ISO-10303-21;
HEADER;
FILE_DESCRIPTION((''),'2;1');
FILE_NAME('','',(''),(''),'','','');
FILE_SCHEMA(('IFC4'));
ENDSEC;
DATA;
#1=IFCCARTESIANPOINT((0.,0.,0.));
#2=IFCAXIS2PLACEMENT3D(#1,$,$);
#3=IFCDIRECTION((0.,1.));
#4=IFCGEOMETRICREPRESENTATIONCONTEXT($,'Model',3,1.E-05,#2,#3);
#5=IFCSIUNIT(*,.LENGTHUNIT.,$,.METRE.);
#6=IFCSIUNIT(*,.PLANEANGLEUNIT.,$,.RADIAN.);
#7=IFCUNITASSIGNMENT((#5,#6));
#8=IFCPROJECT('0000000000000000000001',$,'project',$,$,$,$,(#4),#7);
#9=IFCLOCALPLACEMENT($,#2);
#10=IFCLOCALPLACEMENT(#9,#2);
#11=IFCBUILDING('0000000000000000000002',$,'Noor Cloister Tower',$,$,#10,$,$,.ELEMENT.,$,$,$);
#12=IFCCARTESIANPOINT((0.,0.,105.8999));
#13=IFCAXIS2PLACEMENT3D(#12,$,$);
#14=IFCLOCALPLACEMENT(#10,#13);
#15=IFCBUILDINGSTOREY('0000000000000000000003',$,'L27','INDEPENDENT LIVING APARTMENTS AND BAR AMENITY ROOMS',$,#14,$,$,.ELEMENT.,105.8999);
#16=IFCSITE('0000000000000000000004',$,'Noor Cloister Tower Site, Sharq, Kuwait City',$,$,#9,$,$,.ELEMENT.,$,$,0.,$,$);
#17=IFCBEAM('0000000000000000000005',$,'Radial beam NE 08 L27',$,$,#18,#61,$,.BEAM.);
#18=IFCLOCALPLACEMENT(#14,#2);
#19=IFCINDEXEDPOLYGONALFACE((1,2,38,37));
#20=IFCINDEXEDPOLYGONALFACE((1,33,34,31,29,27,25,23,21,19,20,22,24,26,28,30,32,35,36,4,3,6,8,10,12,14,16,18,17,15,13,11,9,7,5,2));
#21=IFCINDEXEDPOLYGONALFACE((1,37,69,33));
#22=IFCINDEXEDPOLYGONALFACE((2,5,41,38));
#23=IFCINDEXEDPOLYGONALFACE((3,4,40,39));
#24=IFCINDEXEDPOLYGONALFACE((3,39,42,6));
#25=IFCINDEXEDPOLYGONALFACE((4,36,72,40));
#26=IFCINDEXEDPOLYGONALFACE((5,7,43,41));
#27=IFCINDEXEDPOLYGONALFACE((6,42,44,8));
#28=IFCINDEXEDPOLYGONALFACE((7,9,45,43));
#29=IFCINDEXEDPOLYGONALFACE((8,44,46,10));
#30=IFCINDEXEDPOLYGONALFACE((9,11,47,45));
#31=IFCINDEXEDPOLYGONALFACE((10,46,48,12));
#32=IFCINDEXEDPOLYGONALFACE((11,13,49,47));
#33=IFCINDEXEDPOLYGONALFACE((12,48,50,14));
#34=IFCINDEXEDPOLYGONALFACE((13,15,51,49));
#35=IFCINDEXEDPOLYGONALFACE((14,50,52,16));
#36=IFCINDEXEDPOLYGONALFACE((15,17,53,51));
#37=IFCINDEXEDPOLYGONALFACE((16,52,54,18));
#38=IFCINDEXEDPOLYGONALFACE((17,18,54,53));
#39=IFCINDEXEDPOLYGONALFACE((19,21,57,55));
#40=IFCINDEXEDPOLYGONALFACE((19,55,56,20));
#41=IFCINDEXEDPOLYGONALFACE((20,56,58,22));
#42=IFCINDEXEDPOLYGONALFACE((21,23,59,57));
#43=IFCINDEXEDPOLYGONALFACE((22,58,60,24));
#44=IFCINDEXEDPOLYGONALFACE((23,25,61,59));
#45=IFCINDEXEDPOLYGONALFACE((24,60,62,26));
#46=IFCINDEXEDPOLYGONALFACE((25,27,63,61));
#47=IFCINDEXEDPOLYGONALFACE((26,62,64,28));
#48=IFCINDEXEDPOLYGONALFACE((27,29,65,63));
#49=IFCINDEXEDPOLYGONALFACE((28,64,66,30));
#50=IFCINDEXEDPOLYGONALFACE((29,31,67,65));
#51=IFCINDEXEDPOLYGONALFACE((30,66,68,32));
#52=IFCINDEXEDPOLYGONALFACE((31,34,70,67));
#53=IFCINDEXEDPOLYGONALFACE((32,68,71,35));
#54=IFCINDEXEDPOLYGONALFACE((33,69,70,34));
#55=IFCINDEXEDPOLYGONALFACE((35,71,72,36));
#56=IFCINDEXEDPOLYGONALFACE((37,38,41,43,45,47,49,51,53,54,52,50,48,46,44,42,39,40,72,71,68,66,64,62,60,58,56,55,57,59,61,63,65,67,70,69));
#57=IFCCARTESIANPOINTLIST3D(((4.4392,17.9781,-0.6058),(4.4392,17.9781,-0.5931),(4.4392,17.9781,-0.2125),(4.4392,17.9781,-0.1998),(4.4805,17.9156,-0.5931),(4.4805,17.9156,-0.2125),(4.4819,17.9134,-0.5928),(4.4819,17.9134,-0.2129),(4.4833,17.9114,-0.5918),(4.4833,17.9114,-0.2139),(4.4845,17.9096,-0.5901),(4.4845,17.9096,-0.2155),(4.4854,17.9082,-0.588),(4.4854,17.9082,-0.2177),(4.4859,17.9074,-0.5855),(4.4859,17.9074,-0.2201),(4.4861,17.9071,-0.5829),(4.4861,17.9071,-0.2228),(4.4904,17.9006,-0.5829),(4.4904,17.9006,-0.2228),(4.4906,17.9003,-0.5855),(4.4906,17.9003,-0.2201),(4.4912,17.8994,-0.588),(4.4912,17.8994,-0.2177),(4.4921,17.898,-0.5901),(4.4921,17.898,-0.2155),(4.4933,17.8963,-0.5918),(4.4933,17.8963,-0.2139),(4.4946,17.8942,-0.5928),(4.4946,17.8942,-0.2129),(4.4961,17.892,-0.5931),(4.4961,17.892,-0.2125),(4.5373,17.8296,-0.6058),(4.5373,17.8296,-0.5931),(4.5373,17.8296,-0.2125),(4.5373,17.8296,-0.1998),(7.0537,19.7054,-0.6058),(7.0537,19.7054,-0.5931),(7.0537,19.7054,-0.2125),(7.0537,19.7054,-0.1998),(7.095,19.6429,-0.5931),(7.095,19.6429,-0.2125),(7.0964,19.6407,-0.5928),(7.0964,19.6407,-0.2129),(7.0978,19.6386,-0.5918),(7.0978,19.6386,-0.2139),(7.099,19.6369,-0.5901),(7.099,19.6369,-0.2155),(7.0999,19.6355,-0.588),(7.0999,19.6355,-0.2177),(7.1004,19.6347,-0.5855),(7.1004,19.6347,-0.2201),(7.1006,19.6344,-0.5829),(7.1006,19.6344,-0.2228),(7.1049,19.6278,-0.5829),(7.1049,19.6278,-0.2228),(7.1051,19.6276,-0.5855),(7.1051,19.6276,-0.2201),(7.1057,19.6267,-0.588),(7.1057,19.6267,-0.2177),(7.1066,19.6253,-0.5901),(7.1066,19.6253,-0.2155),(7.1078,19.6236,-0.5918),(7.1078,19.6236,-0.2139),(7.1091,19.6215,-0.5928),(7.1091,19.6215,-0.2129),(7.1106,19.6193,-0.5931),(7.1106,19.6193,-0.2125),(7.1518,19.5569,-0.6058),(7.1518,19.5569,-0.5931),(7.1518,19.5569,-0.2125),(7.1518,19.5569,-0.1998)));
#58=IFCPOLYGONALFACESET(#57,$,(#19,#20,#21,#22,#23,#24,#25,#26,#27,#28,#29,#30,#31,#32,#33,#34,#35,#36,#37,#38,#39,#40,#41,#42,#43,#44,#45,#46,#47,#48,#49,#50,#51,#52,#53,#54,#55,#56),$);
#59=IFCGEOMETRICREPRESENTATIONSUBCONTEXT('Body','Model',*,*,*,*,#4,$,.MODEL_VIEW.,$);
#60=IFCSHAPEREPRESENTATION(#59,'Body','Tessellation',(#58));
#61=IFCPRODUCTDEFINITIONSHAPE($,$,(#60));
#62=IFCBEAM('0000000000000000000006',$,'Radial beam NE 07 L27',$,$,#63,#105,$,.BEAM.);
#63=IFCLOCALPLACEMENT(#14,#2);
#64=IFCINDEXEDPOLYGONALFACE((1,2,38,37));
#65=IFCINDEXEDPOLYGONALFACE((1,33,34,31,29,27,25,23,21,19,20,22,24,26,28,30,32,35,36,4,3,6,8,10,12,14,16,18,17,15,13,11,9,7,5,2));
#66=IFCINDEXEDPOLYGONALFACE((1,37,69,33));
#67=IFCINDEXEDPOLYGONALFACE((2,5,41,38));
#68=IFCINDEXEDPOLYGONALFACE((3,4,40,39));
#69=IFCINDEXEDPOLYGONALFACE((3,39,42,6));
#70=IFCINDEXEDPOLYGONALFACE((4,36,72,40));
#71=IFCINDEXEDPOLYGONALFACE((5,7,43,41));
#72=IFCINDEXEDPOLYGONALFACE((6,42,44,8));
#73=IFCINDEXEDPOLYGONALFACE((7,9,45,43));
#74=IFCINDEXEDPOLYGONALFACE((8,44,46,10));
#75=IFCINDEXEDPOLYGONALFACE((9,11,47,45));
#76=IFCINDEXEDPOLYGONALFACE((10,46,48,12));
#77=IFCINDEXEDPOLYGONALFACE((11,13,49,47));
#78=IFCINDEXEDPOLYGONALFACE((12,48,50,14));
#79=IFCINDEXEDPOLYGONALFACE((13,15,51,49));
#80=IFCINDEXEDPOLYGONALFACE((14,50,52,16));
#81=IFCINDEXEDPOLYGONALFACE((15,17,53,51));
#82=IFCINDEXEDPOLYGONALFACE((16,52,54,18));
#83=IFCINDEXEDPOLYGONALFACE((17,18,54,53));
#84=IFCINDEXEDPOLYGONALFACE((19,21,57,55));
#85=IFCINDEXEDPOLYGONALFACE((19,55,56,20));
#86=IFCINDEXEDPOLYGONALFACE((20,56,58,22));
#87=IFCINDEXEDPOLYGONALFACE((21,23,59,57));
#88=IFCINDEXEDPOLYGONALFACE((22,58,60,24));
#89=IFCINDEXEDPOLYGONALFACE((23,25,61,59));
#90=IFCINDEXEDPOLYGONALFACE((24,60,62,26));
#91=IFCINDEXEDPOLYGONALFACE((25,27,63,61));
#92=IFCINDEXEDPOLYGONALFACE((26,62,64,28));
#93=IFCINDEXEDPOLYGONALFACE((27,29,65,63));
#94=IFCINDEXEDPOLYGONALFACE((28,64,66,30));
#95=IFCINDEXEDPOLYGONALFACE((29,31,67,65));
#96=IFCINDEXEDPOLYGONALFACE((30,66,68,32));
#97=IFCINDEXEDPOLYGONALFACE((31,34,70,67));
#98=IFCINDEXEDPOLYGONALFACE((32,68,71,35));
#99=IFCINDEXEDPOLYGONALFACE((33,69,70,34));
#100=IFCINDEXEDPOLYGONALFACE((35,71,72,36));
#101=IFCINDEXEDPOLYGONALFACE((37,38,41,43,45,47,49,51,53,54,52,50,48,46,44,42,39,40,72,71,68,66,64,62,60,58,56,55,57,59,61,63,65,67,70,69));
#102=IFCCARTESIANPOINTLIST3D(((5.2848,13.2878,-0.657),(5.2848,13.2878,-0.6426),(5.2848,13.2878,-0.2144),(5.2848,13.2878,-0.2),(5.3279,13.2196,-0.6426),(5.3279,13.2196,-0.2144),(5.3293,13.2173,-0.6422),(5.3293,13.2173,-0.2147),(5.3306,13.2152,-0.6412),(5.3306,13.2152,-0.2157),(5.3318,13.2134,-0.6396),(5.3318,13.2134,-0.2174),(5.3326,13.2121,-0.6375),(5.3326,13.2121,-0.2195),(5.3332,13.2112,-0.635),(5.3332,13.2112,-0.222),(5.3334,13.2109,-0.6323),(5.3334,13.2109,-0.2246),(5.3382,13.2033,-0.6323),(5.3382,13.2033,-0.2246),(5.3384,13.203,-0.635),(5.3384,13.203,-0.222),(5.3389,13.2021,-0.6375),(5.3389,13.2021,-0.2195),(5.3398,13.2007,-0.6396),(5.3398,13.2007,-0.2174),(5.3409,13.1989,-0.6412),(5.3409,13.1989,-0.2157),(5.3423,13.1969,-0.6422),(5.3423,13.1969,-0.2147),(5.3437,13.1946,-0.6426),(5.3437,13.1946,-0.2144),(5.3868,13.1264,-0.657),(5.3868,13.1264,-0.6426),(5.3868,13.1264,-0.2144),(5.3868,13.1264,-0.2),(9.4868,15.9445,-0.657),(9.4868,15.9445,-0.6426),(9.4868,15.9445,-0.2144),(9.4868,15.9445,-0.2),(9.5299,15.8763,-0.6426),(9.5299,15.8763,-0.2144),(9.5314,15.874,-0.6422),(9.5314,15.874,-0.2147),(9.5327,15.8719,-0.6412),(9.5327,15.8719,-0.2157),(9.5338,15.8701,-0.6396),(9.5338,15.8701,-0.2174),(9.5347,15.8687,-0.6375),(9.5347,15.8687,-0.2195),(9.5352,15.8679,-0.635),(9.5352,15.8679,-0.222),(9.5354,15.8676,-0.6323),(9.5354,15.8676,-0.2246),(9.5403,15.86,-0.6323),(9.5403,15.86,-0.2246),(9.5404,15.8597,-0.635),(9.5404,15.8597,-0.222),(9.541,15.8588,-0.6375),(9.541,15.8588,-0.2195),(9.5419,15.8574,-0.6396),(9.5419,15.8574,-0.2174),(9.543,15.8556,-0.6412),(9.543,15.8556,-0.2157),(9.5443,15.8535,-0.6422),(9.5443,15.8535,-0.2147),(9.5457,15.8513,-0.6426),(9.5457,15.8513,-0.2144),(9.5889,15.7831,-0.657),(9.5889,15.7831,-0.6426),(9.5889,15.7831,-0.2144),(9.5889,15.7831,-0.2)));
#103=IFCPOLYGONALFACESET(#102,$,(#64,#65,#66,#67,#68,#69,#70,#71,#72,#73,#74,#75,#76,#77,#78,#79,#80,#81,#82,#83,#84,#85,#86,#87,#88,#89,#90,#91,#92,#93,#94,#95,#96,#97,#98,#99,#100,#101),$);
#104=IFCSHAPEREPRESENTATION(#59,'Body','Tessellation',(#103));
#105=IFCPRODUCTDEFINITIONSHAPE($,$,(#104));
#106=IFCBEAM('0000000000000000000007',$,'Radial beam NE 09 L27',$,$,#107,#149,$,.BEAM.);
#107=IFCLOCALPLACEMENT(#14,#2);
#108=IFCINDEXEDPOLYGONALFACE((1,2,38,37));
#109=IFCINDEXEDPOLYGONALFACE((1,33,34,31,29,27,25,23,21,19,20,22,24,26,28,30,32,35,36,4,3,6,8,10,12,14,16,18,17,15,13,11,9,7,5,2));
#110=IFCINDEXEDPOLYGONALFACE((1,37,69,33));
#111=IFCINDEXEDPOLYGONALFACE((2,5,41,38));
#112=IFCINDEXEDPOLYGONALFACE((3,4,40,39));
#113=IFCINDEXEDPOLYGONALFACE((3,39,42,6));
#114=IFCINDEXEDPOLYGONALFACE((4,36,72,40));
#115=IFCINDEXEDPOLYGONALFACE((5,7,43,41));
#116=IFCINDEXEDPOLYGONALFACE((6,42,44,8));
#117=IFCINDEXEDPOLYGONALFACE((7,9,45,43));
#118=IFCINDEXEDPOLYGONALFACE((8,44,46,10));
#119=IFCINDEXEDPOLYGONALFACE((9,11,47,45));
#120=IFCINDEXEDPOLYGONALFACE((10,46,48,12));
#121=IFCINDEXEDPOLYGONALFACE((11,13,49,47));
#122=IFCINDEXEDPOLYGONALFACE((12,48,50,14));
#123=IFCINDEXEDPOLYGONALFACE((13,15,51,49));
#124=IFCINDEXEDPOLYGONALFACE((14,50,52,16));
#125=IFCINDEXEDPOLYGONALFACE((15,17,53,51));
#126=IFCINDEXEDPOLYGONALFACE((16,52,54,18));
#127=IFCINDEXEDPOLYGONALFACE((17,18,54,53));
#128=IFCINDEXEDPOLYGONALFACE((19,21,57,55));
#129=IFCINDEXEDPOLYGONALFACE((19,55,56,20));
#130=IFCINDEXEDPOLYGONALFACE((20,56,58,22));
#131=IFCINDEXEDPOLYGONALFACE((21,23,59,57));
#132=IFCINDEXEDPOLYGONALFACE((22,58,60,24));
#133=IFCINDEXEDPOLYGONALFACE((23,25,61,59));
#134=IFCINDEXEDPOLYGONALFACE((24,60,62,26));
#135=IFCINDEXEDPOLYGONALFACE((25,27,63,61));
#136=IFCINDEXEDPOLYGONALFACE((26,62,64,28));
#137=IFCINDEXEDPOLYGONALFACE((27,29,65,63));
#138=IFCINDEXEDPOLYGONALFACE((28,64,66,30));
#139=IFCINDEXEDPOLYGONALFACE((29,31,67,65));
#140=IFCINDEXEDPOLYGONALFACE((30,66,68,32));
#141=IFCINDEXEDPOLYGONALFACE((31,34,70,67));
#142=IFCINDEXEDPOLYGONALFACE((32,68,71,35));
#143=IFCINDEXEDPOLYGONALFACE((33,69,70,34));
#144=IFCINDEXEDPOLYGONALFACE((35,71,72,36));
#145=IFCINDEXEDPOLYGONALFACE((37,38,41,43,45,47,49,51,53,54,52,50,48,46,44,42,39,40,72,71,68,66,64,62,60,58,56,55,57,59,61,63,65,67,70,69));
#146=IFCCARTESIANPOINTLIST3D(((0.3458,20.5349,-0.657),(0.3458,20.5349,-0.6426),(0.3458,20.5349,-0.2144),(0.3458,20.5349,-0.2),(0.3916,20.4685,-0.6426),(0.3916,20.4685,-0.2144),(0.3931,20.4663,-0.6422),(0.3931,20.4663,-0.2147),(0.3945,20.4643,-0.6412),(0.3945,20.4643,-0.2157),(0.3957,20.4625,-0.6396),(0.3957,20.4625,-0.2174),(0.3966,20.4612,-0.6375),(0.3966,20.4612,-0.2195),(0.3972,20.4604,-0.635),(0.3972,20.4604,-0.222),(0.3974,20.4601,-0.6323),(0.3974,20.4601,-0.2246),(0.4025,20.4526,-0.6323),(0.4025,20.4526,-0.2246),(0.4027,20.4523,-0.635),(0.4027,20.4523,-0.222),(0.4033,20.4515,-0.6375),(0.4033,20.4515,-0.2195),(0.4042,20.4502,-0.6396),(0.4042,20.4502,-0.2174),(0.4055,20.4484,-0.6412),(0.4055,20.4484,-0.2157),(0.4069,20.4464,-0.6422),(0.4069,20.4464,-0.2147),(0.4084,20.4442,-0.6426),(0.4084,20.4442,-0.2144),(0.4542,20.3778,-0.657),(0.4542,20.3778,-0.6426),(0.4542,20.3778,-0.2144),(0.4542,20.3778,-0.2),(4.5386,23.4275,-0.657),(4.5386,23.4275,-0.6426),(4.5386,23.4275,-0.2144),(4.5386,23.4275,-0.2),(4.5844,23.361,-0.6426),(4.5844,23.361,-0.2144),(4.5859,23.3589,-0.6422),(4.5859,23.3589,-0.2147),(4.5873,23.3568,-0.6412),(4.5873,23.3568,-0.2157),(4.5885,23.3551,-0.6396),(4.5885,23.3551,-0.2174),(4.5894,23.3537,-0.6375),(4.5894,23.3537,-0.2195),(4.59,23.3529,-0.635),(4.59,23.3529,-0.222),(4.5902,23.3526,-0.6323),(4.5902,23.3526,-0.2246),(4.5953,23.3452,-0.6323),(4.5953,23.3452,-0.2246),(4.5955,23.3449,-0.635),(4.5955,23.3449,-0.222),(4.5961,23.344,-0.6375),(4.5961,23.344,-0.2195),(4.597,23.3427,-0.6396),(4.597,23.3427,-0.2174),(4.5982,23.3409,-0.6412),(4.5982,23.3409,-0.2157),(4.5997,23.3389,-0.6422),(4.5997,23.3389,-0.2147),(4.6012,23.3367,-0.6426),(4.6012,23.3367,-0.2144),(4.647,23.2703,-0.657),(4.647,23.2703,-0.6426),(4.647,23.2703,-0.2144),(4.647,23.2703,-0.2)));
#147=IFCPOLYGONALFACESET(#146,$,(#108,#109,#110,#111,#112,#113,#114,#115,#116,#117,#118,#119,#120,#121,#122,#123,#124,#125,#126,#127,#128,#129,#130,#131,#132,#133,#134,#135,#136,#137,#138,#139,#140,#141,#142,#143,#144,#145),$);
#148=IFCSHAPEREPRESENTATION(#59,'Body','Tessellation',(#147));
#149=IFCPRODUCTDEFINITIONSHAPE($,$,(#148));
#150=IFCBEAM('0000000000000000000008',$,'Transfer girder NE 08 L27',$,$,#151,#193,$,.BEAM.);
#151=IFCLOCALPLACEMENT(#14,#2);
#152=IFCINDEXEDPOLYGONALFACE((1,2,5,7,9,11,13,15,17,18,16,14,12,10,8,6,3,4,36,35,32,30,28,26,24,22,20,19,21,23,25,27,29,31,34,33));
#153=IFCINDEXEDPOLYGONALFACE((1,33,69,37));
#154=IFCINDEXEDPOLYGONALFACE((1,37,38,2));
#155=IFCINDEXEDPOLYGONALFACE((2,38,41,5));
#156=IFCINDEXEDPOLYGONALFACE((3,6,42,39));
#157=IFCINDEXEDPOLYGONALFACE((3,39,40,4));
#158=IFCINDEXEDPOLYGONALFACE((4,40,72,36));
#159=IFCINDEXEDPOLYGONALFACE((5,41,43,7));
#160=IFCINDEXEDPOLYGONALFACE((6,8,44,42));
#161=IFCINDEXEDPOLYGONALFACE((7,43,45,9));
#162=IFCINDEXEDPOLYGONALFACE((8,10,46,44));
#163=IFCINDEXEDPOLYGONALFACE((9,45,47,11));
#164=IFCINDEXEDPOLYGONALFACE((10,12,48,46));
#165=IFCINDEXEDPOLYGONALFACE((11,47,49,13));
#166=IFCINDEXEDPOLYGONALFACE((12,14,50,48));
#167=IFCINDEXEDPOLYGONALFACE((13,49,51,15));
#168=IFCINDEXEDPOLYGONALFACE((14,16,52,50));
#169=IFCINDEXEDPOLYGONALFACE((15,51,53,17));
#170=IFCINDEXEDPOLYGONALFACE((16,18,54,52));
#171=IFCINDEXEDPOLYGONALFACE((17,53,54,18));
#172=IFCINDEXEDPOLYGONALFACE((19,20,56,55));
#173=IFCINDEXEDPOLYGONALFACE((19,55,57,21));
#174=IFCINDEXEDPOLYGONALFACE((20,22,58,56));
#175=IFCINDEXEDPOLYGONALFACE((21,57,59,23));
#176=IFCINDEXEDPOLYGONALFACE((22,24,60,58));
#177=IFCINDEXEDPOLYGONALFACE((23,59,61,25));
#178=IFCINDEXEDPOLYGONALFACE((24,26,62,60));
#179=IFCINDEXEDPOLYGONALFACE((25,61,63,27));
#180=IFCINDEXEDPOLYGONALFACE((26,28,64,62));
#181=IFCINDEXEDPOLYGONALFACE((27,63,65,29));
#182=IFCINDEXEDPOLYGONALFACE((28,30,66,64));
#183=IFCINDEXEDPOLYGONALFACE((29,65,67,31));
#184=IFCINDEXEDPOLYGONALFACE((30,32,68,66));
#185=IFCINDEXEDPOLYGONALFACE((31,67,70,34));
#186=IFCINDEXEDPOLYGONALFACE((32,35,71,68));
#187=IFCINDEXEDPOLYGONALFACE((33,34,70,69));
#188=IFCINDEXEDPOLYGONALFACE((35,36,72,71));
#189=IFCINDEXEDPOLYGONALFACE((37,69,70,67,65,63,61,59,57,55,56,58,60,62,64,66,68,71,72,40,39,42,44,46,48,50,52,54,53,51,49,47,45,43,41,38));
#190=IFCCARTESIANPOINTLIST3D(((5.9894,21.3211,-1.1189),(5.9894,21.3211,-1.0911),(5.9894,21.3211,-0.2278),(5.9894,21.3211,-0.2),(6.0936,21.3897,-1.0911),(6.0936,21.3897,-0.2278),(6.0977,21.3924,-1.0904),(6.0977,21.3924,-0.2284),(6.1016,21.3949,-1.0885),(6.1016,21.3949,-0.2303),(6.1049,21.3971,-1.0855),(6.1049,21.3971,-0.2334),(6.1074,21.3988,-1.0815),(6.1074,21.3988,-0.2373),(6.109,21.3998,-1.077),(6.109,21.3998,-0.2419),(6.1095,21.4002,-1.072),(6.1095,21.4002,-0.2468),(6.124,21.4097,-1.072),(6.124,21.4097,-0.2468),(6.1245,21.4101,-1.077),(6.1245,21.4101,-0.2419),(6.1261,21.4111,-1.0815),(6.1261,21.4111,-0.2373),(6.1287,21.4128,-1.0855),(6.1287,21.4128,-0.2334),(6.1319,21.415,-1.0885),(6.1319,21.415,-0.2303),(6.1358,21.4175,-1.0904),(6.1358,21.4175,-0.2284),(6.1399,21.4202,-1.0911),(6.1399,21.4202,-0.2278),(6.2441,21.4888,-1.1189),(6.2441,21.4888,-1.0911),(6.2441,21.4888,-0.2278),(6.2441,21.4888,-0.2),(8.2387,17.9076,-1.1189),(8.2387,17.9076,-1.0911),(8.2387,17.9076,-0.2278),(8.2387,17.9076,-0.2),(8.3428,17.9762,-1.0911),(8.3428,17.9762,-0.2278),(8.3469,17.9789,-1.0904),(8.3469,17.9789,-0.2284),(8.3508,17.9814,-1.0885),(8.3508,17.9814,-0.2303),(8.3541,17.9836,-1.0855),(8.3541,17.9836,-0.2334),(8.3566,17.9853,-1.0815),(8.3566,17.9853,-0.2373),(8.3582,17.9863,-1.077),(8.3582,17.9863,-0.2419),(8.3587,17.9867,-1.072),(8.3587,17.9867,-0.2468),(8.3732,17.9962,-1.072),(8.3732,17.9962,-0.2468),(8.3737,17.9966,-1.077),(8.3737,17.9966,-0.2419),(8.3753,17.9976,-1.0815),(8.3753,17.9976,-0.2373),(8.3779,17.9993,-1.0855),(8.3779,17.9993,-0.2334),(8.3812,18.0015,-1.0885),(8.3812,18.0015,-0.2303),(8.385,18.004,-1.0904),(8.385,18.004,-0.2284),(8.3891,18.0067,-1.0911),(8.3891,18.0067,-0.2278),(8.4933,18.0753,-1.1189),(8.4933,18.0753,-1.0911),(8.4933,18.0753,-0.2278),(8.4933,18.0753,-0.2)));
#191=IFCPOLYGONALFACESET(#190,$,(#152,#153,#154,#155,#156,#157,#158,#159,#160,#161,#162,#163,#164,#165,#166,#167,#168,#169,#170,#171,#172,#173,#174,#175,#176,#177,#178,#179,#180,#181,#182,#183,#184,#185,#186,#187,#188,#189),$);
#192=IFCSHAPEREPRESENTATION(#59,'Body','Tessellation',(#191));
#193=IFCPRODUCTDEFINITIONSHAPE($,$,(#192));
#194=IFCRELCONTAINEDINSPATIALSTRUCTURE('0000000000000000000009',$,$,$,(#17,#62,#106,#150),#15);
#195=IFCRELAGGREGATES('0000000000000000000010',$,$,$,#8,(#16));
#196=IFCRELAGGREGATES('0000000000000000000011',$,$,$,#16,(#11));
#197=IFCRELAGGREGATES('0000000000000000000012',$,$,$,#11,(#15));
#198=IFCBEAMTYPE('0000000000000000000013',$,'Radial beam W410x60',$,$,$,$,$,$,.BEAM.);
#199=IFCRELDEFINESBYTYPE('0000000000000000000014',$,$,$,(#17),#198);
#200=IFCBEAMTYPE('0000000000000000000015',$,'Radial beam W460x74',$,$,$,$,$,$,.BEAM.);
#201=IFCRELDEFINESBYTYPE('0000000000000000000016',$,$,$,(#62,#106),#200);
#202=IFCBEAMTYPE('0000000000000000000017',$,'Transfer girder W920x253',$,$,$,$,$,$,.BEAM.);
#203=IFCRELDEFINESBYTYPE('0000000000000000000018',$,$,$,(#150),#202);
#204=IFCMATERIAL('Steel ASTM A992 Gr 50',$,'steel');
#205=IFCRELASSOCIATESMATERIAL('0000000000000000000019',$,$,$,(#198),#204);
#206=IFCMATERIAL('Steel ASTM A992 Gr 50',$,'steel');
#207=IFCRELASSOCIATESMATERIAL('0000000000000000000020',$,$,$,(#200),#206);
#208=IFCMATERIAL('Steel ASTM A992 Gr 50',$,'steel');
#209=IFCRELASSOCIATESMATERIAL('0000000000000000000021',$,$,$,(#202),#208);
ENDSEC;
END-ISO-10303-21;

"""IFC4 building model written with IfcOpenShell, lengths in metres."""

from ifc_helpers import new_model, si_unit, direction, frame, origin, origin_2d, place, context, subcontext, project, spatial, i_section, extrude, material, material_profile, profile_set, type_object, element, save


model = new_model("IFC4")

# Units and contexts
model_context = context("Model", 3, precision=1e-05, world=origin(), true_north=direction((0.0, 1.0)))
body_context = subcontext(model_context, "Body", "Model", "MODEL_VIEW")
ifc_project = project(units=[si_unit("LENGTHUNIT", "METRE"), si_unit("PLANEANGLEUNIT", "RADIAN")], contexts=[model_context])

# Site, building, storey
site_placement = place(None, origin())
site = spatial("IfcSite", under=ifc_project, at=site_placement, Name="Noor Cloister Tower Site, Sharq, Kuwait City", CompositionType="ELEMENT", RefElevation=0.0)
building_placement = place(site_placement, origin())
building = spatial("IfcBuilding", under=site, at=building_placement, Name="Noor Cloister Tower", CompositionType="ELEMENT")
storey_placement = place(building_placement, frame((0.0, 0.0, 105.8999)))
storey = spatial("IfcBuildingStorey", under=building, at=storey_placement, Name="L27", Description="INDEPENDENT LIVING APARTMENTS AND BAR AMENITY ROOMS", CompositionType="ELEMENT", Elevation=105.8999)

# Beams
ifc_material_1 = material(Name="Steel ASTM A992 Gr 50", Category="steel")
ifc_material_profile_1 = material_profile(ifc_material_1, i_section(OverallWidth=0.178, OverallDepth=0.406, WebThickness=0.0078, FlangeThickness=0.0127, FilletRadius=0.0103, at=origin_2d()), Name="W410x60")
ifc_profile_set_1 = profile_set([ifc_material_profile_1], Name="Steel ASTM A992 Gr 50")
beam_type_1 = type_object("IfcBeamType", Name="Radial beam W410x60", PredefinedType="BEAM", material=ifc_profile_set_1)
beam_1_placement = place(storey_placement, frame((7.1028, 19.6311, -0.4028), z_axis=(-0.834356, -0.551225, 0.0), x_axis=(0.551225, -0.834356, 0.0)))
element("IfcBeam", 1, at=beam_1_placement, inside=storey, type_object=beam_type_1, Name="Radial beam NE 08 L27", PredefinedType="BEAM", context=body_context, shape_type="SweptSolid", body=[
    extrude(i_section(OverallWidth=0.178, OverallDepth=0.406, WebThickness=0.0078, FlangeThickness=0.0127, FilletRadius=0.0103, at=origin_2d()), origin(), (0.0, 0.0, 1.0), 3.1335),
])
ifc_material_2 = material(Name="Steel ASTM A992 Gr 50", Category="steel")
ifc_material_profile_2 = material_profile(ifc_material_2, i_section(OverallWidth=0.1909, OverallDepth=0.457, WebThickness=0.009, FlangeThickness=0.0144, FilletRadius=0.0103, at=origin_2d()), Name="W460x74")
ifc_profile_set_2 = profile_set([ifc_material_profile_2], Name="Steel ASTM A992 Gr 50")
beam_type_2 = type_object("IfcBeamType", Name="Radial beam W460x74", PredefinedType="BEAM", material=ifc_profile_set_2)
beam_2_placement = place(storey_placement, frame((9.5378, 15.8638, -0.4285), z_axis=(-0.845239, -0.534388, 0.0), x_axis=(0.534388, -0.845239, 0.0)))
element("IfcBeam", 2, at=beam_2_placement, inside=storey, type_object=beam_type_2, Name="Radial beam NE 07 L27", PredefinedType="BEAM", context=body_context, shape_type="SweptSolid", body=[
    extrude(i_section(OverallWidth=0.1909, OverallDepth=0.457, WebThickness=0.009, FlangeThickness=0.0144, FilletRadius=0.0103, at=origin_2d()), origin(), (0.0, 0.0, 1.0), 4.9714),
])
beam_3_placement = place(storey_placement, frame((4.5928, 23.3489, -0.4285), z_axis=(-0.823126, -0.567858, 0.0), x_axis=(0.567858, -0.823126, 0.0)))
element("IfcBeam", 3, at=beam_3_placement, inside=storey, type_object=beam_type_2, Name="Radial beam NE 09 L27", PredefinedType="BEAM", context=body_context, shape_type="SweptSolid", body=[
    extrude(i_section(OverallWidth=0.1909, OverallDepth=0.457, WebThickness=0.009, FlangeThickness=0.0144, FilletRadius=0.0103, at=origin_2d()), origin(), (0.0, 0.0, 1.0), 5.0938),
])
ifc_material_3 = material(Name="Steel ASTM A992 Gr 50", Category="steel")
ifc_material_profile_3 = material_profile(ifc_material_3, i_section(OverallWidth=0.3049, OverallDepth=0.9189, WebThickness=0.0173, FlangeThickness=0.0278, FilletRadius=0.019, at=origin_2d()), Name="W920x253")
ifc_profile_set_3 = profile_set([ifc_material_profile_3], Name="Steel ASTM A992 Gr 50")
beam_type_3 = type_object("IfcBeamType", Name="Transfer girder W920x253", PredefinedType="BEAM", material=ifc_profile_set_3)
beam_4_placement = place(storey_placement, frame((8.366, 17.9915, -0.6594), z_axis=(-0.550213, 0.835024, 0.0), x_axis=(-0.835024, -0.550213, 0.0)))
element("IfcBeam", 4, at=beam_4_placement, inside=storey, type_object=beam_type_3, Name="Transfer girder NE 08 L27", PredefinedType="BEAM", context=body_context, shape_type="SweptSolid", body=[
    extrude(i_section(OverallWidth=0.3049, OverallDepth=0.9189, WebThickness=0.0173, FlangeThickness=0.0278, FilletRadius=0.019, at=origin_2d()), origin(), (0.0, 0.0, 1.0), 4.0879),
])

save(model, "model.ifc")
